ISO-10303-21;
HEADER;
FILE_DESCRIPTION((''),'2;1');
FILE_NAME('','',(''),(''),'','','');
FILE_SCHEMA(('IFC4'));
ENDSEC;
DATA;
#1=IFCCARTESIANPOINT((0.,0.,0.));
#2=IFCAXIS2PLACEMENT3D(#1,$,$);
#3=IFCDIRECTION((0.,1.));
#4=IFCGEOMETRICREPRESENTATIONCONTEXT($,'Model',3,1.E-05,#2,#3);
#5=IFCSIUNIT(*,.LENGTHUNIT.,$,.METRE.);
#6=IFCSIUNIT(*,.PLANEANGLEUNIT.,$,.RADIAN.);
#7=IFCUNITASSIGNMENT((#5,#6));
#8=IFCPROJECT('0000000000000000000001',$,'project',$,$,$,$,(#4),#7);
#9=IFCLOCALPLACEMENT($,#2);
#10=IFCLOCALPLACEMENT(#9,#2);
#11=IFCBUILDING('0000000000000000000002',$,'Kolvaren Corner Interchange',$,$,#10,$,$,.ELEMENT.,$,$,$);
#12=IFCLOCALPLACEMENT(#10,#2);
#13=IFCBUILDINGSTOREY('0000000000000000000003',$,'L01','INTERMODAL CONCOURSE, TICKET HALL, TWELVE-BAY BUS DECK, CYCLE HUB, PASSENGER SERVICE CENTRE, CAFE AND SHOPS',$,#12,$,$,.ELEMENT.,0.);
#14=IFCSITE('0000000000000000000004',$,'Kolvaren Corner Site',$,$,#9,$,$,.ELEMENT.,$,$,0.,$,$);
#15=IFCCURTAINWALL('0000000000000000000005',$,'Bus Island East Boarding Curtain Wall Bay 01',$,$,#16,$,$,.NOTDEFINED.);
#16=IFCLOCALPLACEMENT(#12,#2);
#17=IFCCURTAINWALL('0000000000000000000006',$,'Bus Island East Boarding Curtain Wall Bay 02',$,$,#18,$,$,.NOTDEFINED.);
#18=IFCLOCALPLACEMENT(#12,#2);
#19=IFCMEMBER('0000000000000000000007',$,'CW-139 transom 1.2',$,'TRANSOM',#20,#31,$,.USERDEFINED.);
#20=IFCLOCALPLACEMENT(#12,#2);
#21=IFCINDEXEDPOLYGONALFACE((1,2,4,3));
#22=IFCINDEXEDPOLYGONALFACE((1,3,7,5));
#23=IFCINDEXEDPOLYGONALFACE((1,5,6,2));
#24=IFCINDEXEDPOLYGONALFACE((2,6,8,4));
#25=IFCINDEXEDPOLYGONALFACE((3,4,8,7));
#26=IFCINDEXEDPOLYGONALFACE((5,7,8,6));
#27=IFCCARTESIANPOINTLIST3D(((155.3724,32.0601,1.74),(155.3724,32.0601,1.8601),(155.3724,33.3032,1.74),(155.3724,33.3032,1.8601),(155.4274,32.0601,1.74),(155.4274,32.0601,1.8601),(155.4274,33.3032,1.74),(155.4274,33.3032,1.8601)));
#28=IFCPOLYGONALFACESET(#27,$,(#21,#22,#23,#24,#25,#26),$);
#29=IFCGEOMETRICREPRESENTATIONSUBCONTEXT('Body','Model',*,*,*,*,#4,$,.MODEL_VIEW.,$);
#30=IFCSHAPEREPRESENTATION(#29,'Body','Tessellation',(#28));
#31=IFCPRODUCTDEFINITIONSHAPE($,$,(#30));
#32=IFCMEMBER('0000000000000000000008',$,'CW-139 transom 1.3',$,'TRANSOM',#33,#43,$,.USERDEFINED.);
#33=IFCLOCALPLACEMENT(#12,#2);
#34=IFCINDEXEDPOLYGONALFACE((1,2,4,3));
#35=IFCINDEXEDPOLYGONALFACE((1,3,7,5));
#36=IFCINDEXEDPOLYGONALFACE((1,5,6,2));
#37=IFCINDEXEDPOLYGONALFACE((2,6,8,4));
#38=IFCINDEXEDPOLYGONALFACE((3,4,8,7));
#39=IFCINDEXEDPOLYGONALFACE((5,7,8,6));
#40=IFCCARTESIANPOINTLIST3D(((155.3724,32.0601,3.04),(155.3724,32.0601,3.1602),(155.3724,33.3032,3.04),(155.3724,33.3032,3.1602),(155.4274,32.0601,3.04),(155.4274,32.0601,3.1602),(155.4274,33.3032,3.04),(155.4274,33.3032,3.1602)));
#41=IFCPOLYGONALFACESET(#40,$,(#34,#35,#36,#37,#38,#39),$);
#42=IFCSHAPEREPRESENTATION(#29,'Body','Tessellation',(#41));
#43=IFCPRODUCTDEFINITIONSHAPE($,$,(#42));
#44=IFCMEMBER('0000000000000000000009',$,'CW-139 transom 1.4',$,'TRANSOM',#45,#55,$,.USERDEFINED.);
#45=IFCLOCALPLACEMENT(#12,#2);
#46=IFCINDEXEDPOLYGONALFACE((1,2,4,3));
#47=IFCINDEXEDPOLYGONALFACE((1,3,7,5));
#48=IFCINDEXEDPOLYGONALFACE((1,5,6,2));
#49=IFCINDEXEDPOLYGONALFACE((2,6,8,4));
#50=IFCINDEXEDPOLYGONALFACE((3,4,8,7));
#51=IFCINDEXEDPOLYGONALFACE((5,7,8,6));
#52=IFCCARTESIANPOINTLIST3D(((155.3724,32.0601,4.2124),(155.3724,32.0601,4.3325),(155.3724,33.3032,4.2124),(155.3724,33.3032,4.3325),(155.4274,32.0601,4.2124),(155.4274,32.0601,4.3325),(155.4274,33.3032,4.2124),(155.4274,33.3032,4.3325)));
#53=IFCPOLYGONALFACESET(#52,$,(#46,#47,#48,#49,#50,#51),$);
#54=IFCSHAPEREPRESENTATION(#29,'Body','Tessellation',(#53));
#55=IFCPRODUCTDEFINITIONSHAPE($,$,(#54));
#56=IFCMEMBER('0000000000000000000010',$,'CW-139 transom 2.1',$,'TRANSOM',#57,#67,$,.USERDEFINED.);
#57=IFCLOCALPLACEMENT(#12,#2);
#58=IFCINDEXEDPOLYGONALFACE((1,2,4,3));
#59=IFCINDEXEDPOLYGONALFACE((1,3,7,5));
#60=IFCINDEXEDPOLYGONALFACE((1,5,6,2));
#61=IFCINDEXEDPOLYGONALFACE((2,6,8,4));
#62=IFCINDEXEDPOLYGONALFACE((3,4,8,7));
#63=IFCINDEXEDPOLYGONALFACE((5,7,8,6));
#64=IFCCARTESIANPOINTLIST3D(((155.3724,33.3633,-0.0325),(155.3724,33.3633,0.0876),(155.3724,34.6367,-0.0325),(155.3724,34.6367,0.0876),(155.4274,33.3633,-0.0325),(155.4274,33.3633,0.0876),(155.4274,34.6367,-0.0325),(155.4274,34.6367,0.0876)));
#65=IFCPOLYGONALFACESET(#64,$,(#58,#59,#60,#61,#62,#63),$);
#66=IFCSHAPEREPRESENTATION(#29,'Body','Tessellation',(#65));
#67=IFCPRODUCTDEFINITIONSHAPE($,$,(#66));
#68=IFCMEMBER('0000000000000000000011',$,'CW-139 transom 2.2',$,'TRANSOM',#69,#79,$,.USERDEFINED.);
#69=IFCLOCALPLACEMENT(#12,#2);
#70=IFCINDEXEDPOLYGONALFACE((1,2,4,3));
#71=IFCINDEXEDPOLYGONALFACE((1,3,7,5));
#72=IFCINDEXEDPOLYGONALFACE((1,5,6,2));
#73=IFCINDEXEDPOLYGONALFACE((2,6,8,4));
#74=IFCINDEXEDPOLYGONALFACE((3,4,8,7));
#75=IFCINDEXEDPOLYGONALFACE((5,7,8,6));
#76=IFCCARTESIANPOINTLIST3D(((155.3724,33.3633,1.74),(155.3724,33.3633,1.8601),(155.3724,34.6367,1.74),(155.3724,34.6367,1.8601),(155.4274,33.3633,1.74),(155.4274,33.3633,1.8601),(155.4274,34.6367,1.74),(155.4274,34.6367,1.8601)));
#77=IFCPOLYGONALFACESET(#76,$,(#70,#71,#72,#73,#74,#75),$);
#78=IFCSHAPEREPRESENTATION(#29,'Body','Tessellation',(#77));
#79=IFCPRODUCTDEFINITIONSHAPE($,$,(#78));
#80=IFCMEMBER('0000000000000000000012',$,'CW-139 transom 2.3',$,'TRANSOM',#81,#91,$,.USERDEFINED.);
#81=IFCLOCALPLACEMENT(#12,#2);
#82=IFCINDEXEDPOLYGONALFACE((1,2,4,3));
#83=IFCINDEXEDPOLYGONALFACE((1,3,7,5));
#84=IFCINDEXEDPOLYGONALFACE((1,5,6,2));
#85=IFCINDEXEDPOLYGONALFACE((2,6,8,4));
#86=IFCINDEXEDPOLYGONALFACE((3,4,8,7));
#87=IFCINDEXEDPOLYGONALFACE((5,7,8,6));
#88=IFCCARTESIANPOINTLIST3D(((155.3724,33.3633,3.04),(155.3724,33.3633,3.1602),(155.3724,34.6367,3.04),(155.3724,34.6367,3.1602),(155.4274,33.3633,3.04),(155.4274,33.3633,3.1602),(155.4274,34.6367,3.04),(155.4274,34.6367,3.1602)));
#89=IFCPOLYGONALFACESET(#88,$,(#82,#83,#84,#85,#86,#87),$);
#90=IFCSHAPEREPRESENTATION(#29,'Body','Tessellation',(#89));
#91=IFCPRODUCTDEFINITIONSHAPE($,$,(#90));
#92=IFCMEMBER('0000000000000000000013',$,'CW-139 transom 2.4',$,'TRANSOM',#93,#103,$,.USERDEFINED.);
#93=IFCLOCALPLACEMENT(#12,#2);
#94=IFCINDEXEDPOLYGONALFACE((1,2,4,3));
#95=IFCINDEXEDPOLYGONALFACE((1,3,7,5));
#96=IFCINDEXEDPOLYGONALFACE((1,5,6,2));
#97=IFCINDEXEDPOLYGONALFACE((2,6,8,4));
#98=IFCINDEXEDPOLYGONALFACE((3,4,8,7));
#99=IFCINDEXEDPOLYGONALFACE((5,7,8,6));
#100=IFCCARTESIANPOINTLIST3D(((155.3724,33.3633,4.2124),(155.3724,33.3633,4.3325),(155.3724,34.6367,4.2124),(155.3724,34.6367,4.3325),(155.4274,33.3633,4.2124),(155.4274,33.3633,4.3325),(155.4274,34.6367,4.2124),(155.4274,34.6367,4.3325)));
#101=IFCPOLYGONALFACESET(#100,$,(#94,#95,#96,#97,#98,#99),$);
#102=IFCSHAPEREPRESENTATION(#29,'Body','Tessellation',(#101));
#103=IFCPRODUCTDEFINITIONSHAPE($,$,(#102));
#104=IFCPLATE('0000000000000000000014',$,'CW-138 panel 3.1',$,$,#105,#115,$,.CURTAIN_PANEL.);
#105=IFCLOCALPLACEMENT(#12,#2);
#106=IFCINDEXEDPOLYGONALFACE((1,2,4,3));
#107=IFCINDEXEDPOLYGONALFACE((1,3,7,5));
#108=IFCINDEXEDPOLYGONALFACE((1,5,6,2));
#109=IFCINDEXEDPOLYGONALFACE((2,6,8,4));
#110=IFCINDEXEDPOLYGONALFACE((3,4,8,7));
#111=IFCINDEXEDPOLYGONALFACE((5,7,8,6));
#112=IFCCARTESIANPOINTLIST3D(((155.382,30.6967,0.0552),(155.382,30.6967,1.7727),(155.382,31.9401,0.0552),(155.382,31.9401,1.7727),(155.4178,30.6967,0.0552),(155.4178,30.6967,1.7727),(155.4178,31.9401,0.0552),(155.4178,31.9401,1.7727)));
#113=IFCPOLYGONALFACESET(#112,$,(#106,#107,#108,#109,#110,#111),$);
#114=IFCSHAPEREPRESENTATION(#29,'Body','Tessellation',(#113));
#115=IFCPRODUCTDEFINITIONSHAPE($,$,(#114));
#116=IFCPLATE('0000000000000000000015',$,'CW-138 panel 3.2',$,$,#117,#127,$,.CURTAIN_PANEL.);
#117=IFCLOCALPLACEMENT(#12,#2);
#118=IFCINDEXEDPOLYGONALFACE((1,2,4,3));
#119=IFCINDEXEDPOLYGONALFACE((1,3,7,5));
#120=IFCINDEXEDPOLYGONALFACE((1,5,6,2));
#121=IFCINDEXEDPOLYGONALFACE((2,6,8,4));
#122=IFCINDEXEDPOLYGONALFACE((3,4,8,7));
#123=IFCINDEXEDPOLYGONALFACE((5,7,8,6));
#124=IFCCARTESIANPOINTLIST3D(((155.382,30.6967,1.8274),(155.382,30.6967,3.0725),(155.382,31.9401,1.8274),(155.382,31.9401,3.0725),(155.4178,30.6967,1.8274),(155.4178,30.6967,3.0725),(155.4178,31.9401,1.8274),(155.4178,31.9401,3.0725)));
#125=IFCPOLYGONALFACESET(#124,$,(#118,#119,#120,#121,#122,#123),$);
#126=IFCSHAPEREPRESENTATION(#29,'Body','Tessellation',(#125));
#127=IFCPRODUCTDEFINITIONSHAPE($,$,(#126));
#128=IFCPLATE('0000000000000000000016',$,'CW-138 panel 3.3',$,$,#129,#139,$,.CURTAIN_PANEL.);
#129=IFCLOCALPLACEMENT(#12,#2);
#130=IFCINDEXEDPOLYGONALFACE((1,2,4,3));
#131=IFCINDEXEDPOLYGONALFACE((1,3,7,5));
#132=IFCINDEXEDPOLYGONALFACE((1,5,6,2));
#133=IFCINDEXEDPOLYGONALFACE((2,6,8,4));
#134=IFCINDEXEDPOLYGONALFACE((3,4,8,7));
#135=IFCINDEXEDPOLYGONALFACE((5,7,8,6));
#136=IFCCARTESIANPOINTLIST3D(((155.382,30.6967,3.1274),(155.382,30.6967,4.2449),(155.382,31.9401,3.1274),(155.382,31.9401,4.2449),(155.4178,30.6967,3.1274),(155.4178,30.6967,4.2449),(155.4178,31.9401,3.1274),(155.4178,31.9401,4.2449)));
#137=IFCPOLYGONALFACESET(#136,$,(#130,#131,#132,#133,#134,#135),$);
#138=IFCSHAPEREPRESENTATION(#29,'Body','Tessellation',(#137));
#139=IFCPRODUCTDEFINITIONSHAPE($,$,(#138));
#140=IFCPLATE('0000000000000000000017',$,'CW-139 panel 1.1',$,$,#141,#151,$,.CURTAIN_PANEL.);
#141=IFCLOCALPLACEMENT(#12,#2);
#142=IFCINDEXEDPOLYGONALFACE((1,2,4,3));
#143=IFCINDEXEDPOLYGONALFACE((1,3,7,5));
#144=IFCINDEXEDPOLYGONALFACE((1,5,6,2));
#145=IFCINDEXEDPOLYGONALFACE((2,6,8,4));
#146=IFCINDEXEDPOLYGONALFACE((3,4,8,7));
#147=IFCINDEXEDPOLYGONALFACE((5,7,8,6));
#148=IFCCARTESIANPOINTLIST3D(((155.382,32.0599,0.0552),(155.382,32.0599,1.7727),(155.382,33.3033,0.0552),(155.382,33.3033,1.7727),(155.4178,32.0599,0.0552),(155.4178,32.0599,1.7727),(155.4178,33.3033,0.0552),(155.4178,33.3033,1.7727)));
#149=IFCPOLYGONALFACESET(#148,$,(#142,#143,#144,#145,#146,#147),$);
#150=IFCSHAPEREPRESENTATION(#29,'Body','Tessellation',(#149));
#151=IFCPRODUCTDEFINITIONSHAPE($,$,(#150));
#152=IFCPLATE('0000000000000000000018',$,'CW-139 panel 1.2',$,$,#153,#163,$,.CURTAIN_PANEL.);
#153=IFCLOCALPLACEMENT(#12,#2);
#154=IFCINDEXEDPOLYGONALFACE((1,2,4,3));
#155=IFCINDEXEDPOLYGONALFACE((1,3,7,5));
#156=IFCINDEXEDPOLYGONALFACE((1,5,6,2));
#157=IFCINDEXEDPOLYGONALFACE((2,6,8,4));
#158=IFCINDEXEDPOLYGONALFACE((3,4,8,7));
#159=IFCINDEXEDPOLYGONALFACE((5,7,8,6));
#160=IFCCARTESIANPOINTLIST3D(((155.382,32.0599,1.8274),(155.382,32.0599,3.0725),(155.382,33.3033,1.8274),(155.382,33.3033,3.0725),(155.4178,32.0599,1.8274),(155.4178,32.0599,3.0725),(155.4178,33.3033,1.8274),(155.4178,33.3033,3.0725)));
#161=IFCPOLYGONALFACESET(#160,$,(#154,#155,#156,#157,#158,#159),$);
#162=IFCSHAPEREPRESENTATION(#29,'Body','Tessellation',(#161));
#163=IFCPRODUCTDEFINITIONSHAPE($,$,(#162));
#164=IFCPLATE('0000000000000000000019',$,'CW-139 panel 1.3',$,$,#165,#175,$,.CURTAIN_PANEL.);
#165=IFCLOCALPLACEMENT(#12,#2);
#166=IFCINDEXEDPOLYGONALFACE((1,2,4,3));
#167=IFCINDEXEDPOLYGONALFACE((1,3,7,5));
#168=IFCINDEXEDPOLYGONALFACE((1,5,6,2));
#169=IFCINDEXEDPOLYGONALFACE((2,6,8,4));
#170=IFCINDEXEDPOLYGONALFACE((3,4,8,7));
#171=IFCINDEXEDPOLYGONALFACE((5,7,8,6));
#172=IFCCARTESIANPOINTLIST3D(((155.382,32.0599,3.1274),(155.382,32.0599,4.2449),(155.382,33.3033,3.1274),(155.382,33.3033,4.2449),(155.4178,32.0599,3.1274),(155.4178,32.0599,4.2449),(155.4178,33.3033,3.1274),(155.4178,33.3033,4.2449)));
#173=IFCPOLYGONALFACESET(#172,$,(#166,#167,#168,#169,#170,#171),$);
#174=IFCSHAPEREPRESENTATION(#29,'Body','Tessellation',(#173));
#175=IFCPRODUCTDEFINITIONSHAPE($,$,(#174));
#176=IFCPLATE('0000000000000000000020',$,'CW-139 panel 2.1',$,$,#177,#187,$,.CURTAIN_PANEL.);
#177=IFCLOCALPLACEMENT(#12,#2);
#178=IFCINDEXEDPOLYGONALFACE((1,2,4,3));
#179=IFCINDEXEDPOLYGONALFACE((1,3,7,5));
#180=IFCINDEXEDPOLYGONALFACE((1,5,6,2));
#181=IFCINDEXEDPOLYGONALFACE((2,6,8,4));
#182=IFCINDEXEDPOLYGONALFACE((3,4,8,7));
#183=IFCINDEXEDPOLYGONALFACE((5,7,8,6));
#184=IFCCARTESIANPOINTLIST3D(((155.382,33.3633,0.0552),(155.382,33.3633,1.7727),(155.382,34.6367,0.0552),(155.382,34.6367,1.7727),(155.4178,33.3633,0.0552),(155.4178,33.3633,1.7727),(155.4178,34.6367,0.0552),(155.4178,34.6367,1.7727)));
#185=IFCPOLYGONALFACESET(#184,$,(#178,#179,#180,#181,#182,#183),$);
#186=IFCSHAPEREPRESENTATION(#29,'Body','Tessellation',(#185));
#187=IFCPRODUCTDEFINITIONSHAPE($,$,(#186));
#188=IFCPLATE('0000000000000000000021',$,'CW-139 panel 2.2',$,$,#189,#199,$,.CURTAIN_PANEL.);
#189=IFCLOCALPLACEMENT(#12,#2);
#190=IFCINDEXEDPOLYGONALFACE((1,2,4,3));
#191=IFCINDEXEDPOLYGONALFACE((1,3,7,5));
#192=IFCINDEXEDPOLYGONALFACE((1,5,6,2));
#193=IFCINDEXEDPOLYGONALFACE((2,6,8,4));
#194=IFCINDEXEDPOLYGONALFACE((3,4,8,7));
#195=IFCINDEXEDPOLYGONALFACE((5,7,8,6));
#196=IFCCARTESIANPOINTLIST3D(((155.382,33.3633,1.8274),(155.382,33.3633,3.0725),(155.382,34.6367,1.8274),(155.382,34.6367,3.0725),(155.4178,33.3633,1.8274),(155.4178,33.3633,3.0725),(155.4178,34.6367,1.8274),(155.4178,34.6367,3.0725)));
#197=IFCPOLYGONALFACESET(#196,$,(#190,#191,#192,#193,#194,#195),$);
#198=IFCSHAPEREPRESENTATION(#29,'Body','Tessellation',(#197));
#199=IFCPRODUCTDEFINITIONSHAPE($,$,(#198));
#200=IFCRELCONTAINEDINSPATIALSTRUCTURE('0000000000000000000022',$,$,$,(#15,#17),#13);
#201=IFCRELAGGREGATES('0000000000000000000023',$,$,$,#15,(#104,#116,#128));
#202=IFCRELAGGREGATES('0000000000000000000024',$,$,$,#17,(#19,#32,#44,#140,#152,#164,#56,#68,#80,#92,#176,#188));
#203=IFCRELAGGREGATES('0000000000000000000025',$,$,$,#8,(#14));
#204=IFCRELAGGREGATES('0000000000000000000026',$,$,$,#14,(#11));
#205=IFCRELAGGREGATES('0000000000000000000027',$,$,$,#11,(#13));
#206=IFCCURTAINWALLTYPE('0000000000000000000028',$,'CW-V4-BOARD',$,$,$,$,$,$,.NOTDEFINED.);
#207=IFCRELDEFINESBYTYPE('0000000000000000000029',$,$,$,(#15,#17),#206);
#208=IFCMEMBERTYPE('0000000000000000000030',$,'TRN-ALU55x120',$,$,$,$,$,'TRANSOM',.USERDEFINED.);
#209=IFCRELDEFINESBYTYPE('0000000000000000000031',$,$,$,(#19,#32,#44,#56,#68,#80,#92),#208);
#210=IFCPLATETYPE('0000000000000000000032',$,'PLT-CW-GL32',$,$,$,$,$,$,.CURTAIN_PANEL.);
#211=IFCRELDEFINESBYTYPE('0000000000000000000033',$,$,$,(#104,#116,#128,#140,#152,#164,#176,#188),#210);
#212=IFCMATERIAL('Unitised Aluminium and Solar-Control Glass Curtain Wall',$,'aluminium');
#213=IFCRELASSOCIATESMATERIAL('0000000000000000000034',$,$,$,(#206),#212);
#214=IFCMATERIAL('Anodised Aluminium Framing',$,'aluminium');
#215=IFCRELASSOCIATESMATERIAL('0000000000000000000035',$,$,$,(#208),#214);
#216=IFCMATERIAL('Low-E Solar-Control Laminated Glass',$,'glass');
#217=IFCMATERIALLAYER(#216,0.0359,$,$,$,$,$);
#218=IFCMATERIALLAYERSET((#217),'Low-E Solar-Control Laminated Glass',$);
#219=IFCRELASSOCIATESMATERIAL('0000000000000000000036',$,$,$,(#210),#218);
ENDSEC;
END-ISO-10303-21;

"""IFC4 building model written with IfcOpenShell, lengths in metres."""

from ifc_helpers import new_model, si_unit, direction, frame, origin, origin_2d, place, context, subcontext, project, spatial, rectangle, extrude, material, layer, layer_set, material_profile, profile_set, type_object, element, aggregate, save


model = new_model("IFC4")

# Units and contexts
model_context = context("Model", 3, precision=1e-05, world=origin(), true_north=direction((0.0, 1.0)))
body_context = subcontext(model_context, "Body", "Model", "MODEL_VIEW")
ifc_project = project(units=[si_unit("LENGTHUNIT", "METRE"), si_unit("PLANEANGLEUNIT", "RADIAN")], contexts=[model_context])

# Site, building, storey
site_placement = place(None, origin())
site = spatial("IfcSite", under=ifc_project, at=site_placement, Name="Kolvaren Corner Site", CompositionType="ELEMENT", RefElevation=0.0)
building_placement = place(site_placement, origin())
building = spatial("IfcBuilding", under=site, at=building_placement, Name="Kolvaren Corner Interchange", CompositionType="ELEMENT")
storey_placement = place(building_placement, origin())
storey = spatial("IfcBuildingStorey", under=building, at=storey_placement, Name="L01", Description="INTERMODAL CONCOURSE, TICKET HALL, TWELVE-BAY BUS DECK, CYCLE HUB, PASSENGER SERVICE CENTRE, CAFE AND SHOPS", CompositionType="ELEMENT", Elevation=0.0)

# Curtain wall
ifc_material_1 = material(Name="Unitised Aluminium and Solar-Control Glass Curtain Wall", Category="aluminium")
curtain_wall_type = type_object("IfcCurtainWallType", Name="CW-V4-BOARD", PredefinedType="NOTDEFINED", material=ifc_material_1)
curtain_wall_1_placement = place(storey_placement, origin())
curtain_wall_1 = element("IfcCurtainWall", 1, at=curtain_wall_1_placement, inside=storey, type_object=curtain_wall_type, Name="Bus Island East Boarding Curtain Wall Bay 01", PredefinedType="NOTDEFINED")

# Curtain wall
curtain_wall_2_placement = place(storey_placement, origin())
curtain_wall_2 = element("IfcCurtainWall", 2, at=curtain_wall_2_placement, inside=storey, type_object=curtain_wall_type, Name="Bus Island East Boarding Curtain Wall Bay 02", PredefinedType="NOTDEFINED")

# Members
ifc_material_2 = material(Name="Anodised Aluminium Framing", Category="aluminium")
ifc_material_profile_1 = material_profile(ifc_material_2, rectangle(XDim=0.0549, YDim=0.1201, at=origin_2d()), Name="ALU 55x120")
ifc_profile_set_1 = profile_set([ifc_material_profile_1], Name="Anodised Aluminium Framing")
member_type_1 = type_object("IfcMemberType", Name="TRN-ALU55x120", ElementType="TRANSOM", PredefinedType="USERDEFINED", material=ifc_profile_set_1)
member_1_placement = place(storey_placement, frame((155.3999, 32.0601, 1.8), z_axis=(0.0, 1.0, 0.0), x_axis=(-1.0, 0.0, 0.0)))
member_1 = element("IfcMember", 3, at=member_1_placement, type_object=member_type_1, Name="CW-139 transom 1.2", ObjectType="TRANSOM", PredefinedType="USERDEFINED", context=body_context, shape_type="SweptSolid", body=[
    extrude(rectangle(XDim=0.0549, YDim=0.1201, at=origin_2d()), origin(), (0.0, 0.0, 1.0), 1.2432),
])
member_2_placement = place(storey_placement, frame((155.3999, 32.0601, 3.1001), z_axis=(0.0, 1.0, 0.0), x_axis=(-1.0, 0.0, 0.0)))
member_2 = element("IfcMember", 4, at=member_2_placement, type_object=member_type_1, Name="CW-139 transom 1.3", ObjectType="TRANSOM", PredefinedType="USERDEFINED", context=body_context, shape_type="SweptSolid", body=[
    extrude(rectangle(XDim=0.0549, YDim=0.1201, at=origin_2d()), origin(), (0.0, 0.0, 1.0), 1.2432),
])
member_3_placement = place(storey_placement, frame((155.3999, 32.0601, 4.2725), z_axis=(0.0, 1.0, 0.0), x_axis=(-1.0, 0.0, 0.0)))
member_3 = element("IfcMember", 5, at=member_3_placement, type_object=member_type_1, Name="CW-139 transom 1.4", ObjectType="TRANSOM", PredefinedType="USERDEFINED", context=body_context, shape_type="SweptSolid", body=[
    extrude(rectangle(XDim=0.0549, YDim=0.1201, at=origin_2d()), origin(), (0.0, 0.0, 1.0), 1.2432),
])
member_4_placement = place(storey_placement, frame((155.3999, 33.3633, 0.0276), z_axis=(0.0, 1.0, 0.0), x_axis=(-1.0, 0.0, 0.0)))
member_4 = element("IfcMember", 6, at=member_4_placement, type_object=member_type_1, Name="CW-139 transom 2.1", ObjectType="TRANSOM", PredefinedType="USERDEFINED", context=body_context, shape_type="SweptSolid", body=[
    extrude(rectangle(XDim=0.0549, YDim=0.1201, at=origin_2d()), origin(), (0.0, 0.0, 1.0), 1.2734),
])
member_5_placement = place(storey_placement, frame((155.3999, 33.3633, 1.8), z_axis=(0.0, 1.0, 0.0), x_axis=(-1.0, 0.0, 0.0)))
member_5 = element("IfcMember", 7, at=member_5_placement, type_object=member_type_1, Name="CW-139 transom 2.2", ObjectType="TRANSOM", PredefinedType="USERDEFINED", context=body_context, shape_type="SweptSolid", body=[
    extrude(rectangle(XDim=0.0549, YDim=0.1201, at=origin_2d()), origin(), (0.0, 0.0, 1.0), 1.2734),
])
member_6_placement = place(storey_placement, frame((155.3999, 33.3633, 3.1001), z_axis=(0.0, 1.0, 0.0), x_axis=(-1.0, 0.0, 0.0)))
member_6 = element("IfcMember", 8, at=member_6_placement, type_object=member_type_1, Name="CW-139 transom 2.3", ObjectType="TRANSOM", PredefinedType="USERDEFINED", context=body_context, shape_type="SweptSolid", body=[
    extrude(rectangle(XDim=0.0549, YDim=0.1201, at=origin_2d()), origin(), (0.0, 0.0, 1.0), 1.2734),
])
member_7_placement = place(storey_placement, frame((155.3999, 33.3633, 4.2725), z_axis=(0.0, 1.0, 0.0), x_axis=(-1.0, 0.0, 0.0)))
member_7 = element("IfcMember", 9, at=member_7_placement, type_object=member_type_1, Name="CW-139 transom 2.4", ObjectType="TRANSOM", PredefinedType="USERDEFINED", context=body_context, shape_type="SweptSolid", body=[
    extrude(rectangle(XDim=0.0549, YDim=0.1201, at=origin_2d()), origin(), (0.0, 0.0, 1.0), 1.2734),
])

# Plates
ifc_material_3 = material(Name="Low-E Solar-Control Laminated Glass", Category="glass")
ifc_layer = layer(ifc_material_3, 0.0359)
ifc_layer_set = layer_set([ifc_layer], Name="Low-E Solar-Control Laminated Glass")
plate_type = type_object("IfcPlateType", Name="PLT-CW-GL32", PredefinedType="CURTAIN_PANEL", material=ifc_layer_set)
plate_1_placement = place(storey_placement, frame((155.3999, 31.3184, 0.0552), z_axis=(0.0, 0.0, 1.0), x_axis=(0.0, 1.0, 0.0)))
plate_1 = element("IfcPlate", 10, at=plate_1_placement, type_object=plate_type, Name="CW-138 panel 3.1", PredefinedType="CURTAIN_PANEL", context=body_context, shape_type="SweptSolid", body=[
    extrude(rectangle(XDim=1.2434, YDim=0.0359, at=origin_2d()), origin(), (0.0, 0.0, 1.0), 1.7175),
])
plate_2_placement = place(storey_placement, frame((155.3999, 31.3184, 1.8274), z_axis=(0.0, 0.0, 1.0), x_axis=(0.0, 1.0, 0.0)))
plate_2 = element("IfcPlate", 11, at=plate_2_placement, type_object=plate_type, Name="CW-138 panel 3.2", PredefinedType="CURTAIN_PANEL", context=body_context, shape_type="SweptSolid", body=[
    extrude(rectangle(XDim=1.2434, YDim=0.0359, at=origin_2d()), origin(), (0.0, 0.0, 1.0), 1.2451),
])
plate_3_placement = place(storey_placement, frame((155.3999, 31.3184, 3.1274), z_axis=(0.0, 0.0, 1.0), x_axis=(0.0, 1.0, 0.0)))
plate_3 = element("IfcPlate", 12, at=plate_3_placement, type_object=plate_type, Name="CW-138 panel 3.3", PredefinedType="CURTAIN_PANEL", context=body_context, shape_type="SweptSolid", body=[
    extrude(rectangle(XDim=1.2434, YDim=0.0359, at=origin_2d()), origin(), (0.0, 0.0, 1.0), 1.1174),
])
aggregate(curtain_wall_1, [plate_1, plate_2, plate_3])
plate_4_placement = place(storey_placement, frame((155.3999, 32.6816, 0.0552), z_axis=(0.0, 0.0, 1.0), x_axis=(0.0, 1.0, 0.0)))
plate_4 = element("IfcPlate", 13, at=plate_4_placement, type_object=plate_type, Name="CW-139 panel 1.1", PredefinedType="CURTAIN_PANEL", context=body_context, shape_type="SweptSolid", body=[
    extrude(rectangle(XDim=1.2434, YDim=0.0359, at=origin_2d()), origin(), (0.0, 0.0, 1.0), 1.7175),
])
plate_5_placement = place(storey_placement, frame((155.3999, 32.6816, 1.8274), z_axis=(0.0, 0.0, 1.0), x_axis=(0.0, 1.0, 0.0)))
plate_5 = element("IfcPlate", 14, at=plate_5_placement, type_object=plate_type, Name="CW-139 panel 1.2", PredefinedType="CURTAIN_PANEL", context=body_context, shape_type="SweptSolid", body=[
    extrude(rectangle(XDim=1.2434, YDim=0.0359, at=origin_2d()), origin(), (0.0, 0.0, 1.0), 1.2451),
])
plate_6_placement = place(storey_placement, frame((155.3999, 32.6816, 3.1274), z_axis=(0.0, 0.0, 1.0), x_axis=(0.0, 1.0, 0.0)))
plate_6 = element("IfcPlate", 15, at=plate_6_placement, type_object=plate_type, Name="CW-139 panel 1.3", PredefinedType="CURTAIN_PANEL", context=body_context, shape_type="SweptSolid", body=[
    extrude(rectangle(XDim=1.2434, YDim=0.0359, at=origin_2d()), origin(), (0.0, 0.0, 1.0), 1.1174),
])
plate_7_placement = place(storey_placement, frame((155.3999, 34.0, 0.0552), z_axis=(0.0, 0.0, 1.0), x_axis=(0.0, 1.0, 0.0)))
plate_7 = element("IfcPlate", 16, at=plate_7_placement, type_object=plate_type, Name="CW-139 panel 2.1", PredefinedType="CURTAIN_PANEL", context=body_context, shape_type="SweptSolid", body=[
    extrude(rectangle(XDim=1.2734, YDim=0.0359, at=origin_2d()), origin(), (0.0, 0.0, 1.0), 1.7175),
])
plate_8_placement = place(storey_placement, frame((155.3999, 34.0, 1.8274), z_axis=(0.0, 0.0, 1.0), x_axis=(0.0, 1.0, 0.0)))
plate_8 = element("IfcPlate", 17, at=plate_8_placement, type_object=plate_type, Name="CW-139 panel 2.2", PredefinedType="CURTAIN_PANEL", context=body_context, shape_type="SweptSolid", body=[
    extrude(rectangle(XDim=1.2734, YDim=0.0359, at=origin_2d()), origin(), (0.0, 0.0, 1.0), 1.2451),
])
aggregate(curtain_wall_2, [member_1, member_2, member_3, plate_4, plate_5, plate_6, member_4, member_5, member_6, member_7, plate_7, plate_8])

save(model, "model.ifc")
